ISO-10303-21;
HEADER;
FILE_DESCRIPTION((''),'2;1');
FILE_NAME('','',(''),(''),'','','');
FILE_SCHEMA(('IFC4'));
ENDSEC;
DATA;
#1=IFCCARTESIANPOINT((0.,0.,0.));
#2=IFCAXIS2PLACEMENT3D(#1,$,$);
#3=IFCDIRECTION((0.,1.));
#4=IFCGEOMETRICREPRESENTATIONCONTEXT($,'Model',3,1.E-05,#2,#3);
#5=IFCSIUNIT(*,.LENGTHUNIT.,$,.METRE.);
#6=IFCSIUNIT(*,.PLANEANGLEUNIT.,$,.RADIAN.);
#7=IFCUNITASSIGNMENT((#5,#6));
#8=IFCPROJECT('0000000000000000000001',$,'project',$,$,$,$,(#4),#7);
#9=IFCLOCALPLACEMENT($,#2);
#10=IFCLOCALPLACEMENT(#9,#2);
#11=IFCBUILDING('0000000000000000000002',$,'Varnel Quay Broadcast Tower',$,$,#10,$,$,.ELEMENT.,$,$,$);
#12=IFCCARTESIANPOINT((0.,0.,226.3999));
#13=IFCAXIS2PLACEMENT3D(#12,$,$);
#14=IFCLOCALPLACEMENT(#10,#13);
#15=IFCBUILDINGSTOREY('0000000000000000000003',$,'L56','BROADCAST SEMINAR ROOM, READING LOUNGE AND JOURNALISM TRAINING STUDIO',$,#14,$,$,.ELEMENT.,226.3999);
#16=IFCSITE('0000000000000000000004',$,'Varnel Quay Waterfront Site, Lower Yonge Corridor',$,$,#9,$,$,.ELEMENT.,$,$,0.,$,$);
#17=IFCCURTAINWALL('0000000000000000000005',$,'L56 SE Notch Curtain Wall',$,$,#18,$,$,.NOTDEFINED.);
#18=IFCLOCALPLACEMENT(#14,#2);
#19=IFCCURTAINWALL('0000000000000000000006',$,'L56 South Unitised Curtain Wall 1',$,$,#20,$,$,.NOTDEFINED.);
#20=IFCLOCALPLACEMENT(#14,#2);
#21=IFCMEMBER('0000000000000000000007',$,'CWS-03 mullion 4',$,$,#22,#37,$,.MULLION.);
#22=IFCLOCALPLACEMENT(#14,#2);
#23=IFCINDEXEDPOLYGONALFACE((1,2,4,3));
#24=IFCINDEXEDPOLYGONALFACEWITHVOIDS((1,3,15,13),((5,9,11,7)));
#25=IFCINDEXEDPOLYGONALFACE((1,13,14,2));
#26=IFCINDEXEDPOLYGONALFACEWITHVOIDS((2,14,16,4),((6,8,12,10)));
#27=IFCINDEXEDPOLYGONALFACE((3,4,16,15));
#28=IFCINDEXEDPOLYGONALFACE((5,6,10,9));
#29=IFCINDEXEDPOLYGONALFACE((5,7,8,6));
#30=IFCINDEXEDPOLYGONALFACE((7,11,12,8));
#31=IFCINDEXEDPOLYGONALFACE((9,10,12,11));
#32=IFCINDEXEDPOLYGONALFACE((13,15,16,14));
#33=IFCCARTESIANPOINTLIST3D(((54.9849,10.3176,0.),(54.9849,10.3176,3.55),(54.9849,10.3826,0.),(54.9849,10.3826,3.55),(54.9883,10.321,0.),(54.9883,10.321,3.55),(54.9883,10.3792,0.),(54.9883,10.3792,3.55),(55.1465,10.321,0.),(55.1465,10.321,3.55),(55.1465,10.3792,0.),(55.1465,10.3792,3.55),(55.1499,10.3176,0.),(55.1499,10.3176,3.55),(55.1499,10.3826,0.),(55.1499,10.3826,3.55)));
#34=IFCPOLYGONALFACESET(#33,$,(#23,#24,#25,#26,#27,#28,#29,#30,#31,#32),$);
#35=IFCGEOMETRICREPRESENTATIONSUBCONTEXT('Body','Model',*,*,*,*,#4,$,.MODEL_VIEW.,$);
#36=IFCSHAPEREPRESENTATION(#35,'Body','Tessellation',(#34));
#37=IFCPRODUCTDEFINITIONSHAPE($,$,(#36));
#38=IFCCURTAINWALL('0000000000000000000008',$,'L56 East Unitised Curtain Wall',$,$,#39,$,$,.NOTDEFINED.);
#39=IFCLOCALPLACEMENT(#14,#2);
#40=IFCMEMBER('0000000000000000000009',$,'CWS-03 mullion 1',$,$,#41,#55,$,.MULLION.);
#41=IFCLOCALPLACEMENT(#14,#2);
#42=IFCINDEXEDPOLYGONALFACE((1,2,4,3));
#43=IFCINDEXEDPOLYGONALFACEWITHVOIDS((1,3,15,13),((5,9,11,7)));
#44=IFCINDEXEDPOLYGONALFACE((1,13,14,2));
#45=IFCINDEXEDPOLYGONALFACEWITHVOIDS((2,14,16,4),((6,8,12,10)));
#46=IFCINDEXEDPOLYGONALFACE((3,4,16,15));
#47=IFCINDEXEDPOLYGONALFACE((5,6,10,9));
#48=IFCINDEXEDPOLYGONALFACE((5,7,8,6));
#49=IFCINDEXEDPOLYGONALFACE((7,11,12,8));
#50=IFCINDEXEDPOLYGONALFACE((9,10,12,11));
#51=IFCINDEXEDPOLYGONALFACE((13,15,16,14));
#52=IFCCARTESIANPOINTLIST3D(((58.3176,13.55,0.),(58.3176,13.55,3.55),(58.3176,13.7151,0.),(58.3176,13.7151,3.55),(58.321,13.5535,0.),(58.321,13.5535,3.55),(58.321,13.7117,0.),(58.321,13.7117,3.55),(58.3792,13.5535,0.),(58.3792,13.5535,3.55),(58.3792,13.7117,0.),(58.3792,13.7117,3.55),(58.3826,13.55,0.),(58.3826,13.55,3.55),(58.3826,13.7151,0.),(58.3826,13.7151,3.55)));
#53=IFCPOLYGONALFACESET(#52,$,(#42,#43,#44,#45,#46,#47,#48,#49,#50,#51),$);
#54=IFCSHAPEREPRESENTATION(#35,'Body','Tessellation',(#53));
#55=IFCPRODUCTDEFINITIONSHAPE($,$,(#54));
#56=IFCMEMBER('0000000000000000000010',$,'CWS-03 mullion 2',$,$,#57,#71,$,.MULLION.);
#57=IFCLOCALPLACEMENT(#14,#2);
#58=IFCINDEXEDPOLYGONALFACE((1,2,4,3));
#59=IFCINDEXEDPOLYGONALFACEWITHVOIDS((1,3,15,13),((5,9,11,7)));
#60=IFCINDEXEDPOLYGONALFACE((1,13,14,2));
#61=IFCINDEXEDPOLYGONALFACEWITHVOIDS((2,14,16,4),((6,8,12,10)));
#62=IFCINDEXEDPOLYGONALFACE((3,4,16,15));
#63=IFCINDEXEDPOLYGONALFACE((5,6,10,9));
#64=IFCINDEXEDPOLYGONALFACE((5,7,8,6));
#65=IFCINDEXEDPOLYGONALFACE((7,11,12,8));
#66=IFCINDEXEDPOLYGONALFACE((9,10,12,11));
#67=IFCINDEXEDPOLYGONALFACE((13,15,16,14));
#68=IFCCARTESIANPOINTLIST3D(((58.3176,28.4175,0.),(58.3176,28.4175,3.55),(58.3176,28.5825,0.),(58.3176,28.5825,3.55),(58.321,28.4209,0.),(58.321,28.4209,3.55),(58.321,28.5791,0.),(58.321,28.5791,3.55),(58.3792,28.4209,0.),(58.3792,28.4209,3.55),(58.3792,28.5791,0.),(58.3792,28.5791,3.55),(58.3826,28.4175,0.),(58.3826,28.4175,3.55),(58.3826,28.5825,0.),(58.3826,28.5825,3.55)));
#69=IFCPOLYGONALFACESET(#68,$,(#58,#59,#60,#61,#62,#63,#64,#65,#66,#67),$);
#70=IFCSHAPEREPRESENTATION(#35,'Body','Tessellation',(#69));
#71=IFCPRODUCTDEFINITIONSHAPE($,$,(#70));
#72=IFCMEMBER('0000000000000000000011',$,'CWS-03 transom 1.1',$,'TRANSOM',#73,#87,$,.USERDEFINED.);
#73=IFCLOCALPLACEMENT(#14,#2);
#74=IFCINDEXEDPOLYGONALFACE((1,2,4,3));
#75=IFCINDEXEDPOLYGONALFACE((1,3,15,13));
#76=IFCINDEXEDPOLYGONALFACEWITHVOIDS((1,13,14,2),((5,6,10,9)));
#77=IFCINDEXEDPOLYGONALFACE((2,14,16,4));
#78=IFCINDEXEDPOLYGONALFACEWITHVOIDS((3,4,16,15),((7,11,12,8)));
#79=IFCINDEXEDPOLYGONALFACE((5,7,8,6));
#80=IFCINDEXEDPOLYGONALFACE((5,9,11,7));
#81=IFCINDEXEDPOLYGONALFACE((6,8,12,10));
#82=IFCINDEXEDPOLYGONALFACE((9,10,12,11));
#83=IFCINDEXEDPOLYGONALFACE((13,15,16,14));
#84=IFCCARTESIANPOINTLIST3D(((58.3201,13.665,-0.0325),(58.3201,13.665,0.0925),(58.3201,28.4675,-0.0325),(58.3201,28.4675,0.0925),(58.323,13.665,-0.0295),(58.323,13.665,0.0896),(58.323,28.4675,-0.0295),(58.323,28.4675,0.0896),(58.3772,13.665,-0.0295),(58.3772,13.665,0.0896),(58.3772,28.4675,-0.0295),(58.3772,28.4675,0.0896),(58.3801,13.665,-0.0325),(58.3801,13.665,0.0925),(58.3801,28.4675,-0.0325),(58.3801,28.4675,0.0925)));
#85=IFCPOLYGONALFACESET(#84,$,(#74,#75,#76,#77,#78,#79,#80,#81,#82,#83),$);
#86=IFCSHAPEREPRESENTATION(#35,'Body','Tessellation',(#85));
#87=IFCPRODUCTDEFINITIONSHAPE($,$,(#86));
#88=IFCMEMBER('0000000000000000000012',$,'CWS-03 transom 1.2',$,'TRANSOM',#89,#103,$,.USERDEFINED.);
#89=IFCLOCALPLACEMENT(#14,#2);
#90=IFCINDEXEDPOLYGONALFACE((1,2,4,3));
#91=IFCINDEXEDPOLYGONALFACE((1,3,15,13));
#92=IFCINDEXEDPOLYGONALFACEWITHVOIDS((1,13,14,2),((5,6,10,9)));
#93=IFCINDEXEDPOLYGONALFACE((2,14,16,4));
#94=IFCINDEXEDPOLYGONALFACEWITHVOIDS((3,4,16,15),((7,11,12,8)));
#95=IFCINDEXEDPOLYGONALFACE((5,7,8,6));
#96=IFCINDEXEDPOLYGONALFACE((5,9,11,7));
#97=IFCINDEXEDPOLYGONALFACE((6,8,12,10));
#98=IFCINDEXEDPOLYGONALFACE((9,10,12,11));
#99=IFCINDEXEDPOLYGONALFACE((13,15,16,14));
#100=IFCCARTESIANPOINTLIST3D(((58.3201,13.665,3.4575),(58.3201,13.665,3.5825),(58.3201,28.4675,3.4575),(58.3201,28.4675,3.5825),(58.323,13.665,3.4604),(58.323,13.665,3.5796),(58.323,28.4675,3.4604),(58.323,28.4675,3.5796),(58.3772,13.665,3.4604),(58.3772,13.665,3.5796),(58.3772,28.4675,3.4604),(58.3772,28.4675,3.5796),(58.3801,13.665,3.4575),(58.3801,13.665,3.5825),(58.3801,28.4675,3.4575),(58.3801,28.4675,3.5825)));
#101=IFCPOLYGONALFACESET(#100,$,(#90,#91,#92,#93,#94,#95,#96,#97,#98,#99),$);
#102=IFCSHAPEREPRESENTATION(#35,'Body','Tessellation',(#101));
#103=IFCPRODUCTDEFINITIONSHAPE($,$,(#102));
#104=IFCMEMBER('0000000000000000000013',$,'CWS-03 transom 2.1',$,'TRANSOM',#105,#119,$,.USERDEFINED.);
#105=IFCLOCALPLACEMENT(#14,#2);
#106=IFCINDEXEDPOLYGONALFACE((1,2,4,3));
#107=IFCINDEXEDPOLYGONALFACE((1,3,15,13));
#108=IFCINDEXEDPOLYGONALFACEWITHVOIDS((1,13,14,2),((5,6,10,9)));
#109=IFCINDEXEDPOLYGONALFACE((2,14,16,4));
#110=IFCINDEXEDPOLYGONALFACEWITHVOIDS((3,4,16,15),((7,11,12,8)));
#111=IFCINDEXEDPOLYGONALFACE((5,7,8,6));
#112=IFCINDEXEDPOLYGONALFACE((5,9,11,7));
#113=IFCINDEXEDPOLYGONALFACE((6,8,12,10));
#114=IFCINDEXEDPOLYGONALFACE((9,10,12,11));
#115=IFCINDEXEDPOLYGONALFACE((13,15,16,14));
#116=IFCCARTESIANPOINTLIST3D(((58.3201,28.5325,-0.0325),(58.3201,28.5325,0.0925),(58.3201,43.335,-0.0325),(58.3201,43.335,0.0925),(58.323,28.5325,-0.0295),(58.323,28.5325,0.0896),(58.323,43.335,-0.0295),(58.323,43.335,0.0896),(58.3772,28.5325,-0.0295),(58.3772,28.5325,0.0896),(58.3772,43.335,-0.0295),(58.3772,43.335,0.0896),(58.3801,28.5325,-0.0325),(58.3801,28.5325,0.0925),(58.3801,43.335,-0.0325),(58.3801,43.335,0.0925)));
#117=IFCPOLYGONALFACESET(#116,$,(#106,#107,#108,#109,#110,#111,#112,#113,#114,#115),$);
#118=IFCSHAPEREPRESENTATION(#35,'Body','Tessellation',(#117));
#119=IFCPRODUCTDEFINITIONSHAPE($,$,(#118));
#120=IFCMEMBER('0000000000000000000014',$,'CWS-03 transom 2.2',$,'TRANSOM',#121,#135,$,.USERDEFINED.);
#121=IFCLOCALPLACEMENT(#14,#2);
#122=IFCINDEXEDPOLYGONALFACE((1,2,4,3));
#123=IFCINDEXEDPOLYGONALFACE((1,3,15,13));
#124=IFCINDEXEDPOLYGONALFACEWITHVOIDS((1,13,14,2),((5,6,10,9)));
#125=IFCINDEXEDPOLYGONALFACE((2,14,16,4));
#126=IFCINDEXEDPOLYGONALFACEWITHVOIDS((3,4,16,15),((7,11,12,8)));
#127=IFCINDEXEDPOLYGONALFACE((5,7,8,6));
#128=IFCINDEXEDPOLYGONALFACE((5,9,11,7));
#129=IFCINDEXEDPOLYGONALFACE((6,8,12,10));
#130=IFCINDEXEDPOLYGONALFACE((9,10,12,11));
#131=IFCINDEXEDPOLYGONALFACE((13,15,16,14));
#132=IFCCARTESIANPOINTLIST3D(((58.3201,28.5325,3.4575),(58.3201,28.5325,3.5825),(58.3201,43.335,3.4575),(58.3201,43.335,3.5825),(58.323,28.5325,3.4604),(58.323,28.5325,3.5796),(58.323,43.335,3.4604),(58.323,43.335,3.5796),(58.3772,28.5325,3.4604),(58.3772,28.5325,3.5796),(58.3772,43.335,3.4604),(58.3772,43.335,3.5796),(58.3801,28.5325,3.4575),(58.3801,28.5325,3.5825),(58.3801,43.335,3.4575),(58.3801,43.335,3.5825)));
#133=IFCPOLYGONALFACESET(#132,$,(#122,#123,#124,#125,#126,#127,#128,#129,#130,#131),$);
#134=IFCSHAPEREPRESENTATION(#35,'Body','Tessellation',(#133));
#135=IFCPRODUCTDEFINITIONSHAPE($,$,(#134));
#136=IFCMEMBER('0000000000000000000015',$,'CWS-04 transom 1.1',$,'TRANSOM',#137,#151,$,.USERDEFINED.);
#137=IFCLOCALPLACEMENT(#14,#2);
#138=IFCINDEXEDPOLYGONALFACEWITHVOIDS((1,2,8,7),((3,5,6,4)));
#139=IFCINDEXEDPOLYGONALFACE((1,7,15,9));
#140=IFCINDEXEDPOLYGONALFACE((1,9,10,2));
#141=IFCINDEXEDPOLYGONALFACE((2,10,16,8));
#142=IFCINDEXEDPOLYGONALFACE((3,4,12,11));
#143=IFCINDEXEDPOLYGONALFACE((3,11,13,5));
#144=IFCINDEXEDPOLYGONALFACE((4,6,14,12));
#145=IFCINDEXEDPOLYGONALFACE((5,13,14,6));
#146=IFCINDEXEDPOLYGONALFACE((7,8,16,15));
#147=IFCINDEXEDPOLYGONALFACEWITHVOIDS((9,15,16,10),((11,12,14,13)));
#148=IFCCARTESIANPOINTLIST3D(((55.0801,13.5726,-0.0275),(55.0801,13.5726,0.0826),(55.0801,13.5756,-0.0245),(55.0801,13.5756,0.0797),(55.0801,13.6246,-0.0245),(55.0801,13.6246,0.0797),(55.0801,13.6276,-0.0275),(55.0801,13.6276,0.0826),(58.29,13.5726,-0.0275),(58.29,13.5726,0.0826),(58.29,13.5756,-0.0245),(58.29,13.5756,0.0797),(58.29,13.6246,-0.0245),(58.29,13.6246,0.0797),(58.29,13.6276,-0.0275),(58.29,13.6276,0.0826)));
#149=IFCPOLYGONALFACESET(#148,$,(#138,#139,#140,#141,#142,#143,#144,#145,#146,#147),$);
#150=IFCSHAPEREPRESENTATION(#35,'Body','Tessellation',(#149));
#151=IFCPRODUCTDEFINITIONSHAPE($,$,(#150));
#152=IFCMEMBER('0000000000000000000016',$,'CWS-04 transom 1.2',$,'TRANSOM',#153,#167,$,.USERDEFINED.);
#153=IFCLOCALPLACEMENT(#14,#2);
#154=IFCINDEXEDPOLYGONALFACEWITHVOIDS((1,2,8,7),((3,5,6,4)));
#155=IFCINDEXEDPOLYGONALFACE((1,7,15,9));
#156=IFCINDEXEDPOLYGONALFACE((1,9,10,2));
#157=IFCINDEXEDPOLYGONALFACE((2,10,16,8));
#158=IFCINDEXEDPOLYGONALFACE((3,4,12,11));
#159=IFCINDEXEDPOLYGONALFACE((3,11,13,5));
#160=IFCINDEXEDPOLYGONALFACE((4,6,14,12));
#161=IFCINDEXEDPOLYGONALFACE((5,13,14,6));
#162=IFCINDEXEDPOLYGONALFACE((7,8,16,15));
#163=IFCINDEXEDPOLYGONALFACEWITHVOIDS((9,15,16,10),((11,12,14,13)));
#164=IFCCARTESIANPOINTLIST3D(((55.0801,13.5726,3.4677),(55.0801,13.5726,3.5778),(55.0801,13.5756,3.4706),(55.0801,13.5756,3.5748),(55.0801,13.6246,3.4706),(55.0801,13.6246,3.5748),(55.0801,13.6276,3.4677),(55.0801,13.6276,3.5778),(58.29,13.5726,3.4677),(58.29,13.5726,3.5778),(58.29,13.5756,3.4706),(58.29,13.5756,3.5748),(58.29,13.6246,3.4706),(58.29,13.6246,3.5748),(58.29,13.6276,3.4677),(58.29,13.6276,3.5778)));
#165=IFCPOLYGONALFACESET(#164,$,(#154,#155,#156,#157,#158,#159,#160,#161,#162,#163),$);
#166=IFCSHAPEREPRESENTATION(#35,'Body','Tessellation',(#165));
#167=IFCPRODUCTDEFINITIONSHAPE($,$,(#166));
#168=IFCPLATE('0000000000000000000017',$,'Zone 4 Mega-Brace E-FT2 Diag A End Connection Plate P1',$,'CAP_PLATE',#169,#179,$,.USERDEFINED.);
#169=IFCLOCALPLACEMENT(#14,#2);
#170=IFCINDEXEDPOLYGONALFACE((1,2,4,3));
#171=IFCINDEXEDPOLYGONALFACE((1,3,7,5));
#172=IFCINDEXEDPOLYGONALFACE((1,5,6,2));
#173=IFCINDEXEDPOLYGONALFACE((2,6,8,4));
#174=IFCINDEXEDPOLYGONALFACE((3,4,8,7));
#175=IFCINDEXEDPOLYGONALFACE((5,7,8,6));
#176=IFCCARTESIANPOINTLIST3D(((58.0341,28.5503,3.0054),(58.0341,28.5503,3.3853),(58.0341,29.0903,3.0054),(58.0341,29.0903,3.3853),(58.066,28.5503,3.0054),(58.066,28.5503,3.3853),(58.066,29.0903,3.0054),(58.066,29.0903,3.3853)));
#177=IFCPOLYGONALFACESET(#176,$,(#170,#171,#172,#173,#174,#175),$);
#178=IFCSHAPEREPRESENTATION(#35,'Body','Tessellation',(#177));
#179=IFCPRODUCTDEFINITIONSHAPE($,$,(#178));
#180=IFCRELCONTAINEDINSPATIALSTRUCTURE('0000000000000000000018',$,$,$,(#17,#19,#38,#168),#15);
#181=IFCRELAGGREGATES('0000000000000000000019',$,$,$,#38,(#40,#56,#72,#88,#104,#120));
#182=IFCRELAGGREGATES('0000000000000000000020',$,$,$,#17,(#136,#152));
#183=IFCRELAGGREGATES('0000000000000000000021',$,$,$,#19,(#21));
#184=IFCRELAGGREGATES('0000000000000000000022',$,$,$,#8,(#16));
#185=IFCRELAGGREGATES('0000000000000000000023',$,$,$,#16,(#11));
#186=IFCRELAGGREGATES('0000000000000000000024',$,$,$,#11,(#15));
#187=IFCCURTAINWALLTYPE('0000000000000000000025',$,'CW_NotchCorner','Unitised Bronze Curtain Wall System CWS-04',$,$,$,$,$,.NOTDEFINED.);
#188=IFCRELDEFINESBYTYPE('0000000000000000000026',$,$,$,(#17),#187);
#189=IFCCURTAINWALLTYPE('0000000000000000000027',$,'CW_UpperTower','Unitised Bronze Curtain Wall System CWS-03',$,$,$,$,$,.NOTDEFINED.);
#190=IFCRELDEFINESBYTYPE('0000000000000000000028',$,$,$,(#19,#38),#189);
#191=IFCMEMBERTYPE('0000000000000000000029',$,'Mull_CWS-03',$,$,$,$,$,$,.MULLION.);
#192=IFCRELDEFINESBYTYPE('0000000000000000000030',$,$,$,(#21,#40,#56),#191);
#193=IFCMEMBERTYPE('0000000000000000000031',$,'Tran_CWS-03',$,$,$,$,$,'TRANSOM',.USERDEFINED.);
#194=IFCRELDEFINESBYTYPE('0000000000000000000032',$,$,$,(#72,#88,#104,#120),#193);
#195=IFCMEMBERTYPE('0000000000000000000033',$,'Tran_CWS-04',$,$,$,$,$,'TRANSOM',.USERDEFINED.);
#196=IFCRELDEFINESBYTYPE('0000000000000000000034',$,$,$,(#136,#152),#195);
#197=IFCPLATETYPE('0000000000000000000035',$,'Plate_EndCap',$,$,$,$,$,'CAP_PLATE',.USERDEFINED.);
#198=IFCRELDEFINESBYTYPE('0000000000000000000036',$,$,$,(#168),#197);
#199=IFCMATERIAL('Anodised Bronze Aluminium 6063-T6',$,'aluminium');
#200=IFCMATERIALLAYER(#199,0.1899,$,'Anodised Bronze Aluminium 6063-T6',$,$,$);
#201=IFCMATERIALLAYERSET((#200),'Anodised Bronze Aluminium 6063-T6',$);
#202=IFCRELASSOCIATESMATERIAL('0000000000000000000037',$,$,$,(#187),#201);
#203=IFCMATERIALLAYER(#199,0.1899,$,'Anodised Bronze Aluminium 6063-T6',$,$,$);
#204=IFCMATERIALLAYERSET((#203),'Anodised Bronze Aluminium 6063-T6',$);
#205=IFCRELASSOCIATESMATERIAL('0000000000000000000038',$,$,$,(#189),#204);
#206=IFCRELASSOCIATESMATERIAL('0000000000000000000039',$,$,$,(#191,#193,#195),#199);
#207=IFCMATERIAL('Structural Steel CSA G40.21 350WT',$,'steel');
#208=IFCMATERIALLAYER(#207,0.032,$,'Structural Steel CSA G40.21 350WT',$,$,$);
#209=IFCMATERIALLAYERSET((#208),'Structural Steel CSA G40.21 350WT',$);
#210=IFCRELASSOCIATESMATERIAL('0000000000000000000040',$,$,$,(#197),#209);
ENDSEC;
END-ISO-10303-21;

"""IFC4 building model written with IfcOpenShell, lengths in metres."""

from ifc_helpers import new_model, si_unit, direction, frame, origin, origin_2d, place, context, subcontext, project, spatial, rectangle, hollow_rectangle, extrude, source, transform, mapped, material, layer, layer_set, material_profile, profile_set, type_object, type_shapes, element, aggregate, save


model = new_model("IFC4")

# Units and contexts
model_context = context("Model", 3, precision=1e-05, world=origin(), true_north=direction((0.0, 1.0)))
body_context = subcontext(model_context, "Body", "Model", "MODEL_VIEW")
ifc_project = project(units=[si_unit("LENGTHUNIT", "METRE"), si_unit("PLANEANGLEUNIT", "RADIAN")], contexts=[model_context])

# Site, building, storey
site_placement = place(None, origin())
site = spatial("IfcSite", under=ifc_project, at=site_placement, Name="Varnel Quay Waterfront Site, Lower Yonge Corridor", CompositionType="ELEMENT", RefElevation=0.0)
building_placement = place(site_placement, origin())
building = spatial("IfcBuilding", under=site, at=building_placement, Name="Varnel Quay Broadcast Tower", CompositionType="ELEMENT")
storey_placement = place(building_placement, frame((0.0, 0.0, 226.3999)))
storey = spatial("IfcBuildingStorey", under=building, at=storey_placement, Name="L56", Description="BROADCAST SEMINAR ROOM, READING LOUNGE AND JOURNALISM TRAINING STUDIO", CompositionType="ELEMENT", Elevation=226.3999)

# Shared definitions
ifc_material_1 = material(Name="Structural Steel CSA G40.21 350WT", Category="steel")

# Curtain wall
ifc_material_2 = material(Name="Anodised Bronze Aluminium 6063-T6", Category="aluminium")
ifc_layer_1 = layer(ifc_material_2, 0.1899, Name="Anodised Bronze Aluminium 6063-T6")
ifc_layer_set_1 = layer_set([ifc_layer_1], Name="Anodised Bronze Aluminium 6063-T6")
curtain_wall_type_1 = type_object("IfcCurtainWallType", Name="CW_NotchCorner", Description="Unitised Bronze Curtain Wall System CWS-04", PredefinedType="NOTDEFINED", material=ifc_layer_set_1)
curtain_wall_1_placement = place(storey_placement, origin())
curtain_wall_1 = element("IfcCurtainWall", 1, at=curtain_wall_1_placement, inside=storey, type_object=curtain_wall_type_1, Name="L56 SE Notch Curtain Wall", PredefinedType="NOTDEFINED")

# Curtain wall, member
ifc_layer_2 = layer(ifc_material_2, 0.1899, Name="Anodised Bronze Aluminium 6063-T6")
ifc_layer_set_2 = layer_set([ifc_layer_2], Name="Anodised Bronze Aluminium 6063-T6")
curtain_wall_type_2 = type_object("IfcCurtainWallType", Name="CW_UpperTower", Description="Unitised Bronze Curtain Wall System CWS-03", PredefinedType="NOTDEFINED", material=ifc_layer_set_2)
curtain_wall_2_placement = place(storey_placement, origin())
curtain_wall_2 = element("IfcCurtainWall", 2, at=curtain_wall_2_placement, inside=storey, type_object=curtain_wall_type_2, Name="L56 South Unitised Curtain Wall 1", PredefinedType="NOTDEFINED")
ifc_material_profile_1 = material_profile(ifc_material_2, hollow_rectangle(XDim=0.0649, YDim=0.165, WallThickness=0.0034, at=origin_2d()), Name="ALU65X165X3.5")
ifc_profile_set_1 = profile_set([ifc_material_profile_1], Name="Anodised Bronze Aluminium 6063-T6")
member_type_1 = type_object("IfcMemberType", Name="Mull_CWS-03", PredefinedType="MULLION", material=ifc_profile_set_1)
shared_shape_1 = source(origin(), body_context, "Body", "SweptSolid", [
    extrude(hollow_rectangle(XDim=0.0649, YDim=0.165, WallThickness=0.0034, at=origin_2d()), origin(), (0.0, 0.0, 1.0), 3.55),
])
type_shapes(member_type_1, [shared_shape_1])
member_1_placement = place(storey_placement, frame((55.0674, 10.3501, 0.0), z_axis=(0.0, 0.0, 1.0), x_axis=(0.0, 1.0, 0.0)))
member_1 = element("IfcMember", 3, at=member_1_placement, type_object=member_type_1, Name="CWS-03 mullion 4", PredefinedType="MULLION", context=body_context, shape_type="MappedRepresentation", body=[
    mapped(shared_shape_1, transform((0.0, 0.0, 0.0), x_axis=(1.0, 0.0, 0.0), y_axis=(0.0, 1.0, 0.0), z_axis=(0.0, 0.0, 1.0), scale=1.0)),
])

# Curtain wall, members
curtain_wall_3_placement = place(storey_placement, origin())
curtain_wall_3 = element("IfcCurtainWall", 4, at=curtain_wall_3_placement, inside=storey, type_object=curtain_wall_type_2, Name="L56 East Unitised Curtain Wall", PredefinedType="NOTDEFINED")
member_2_placement = place(storey_placement, frame((58.3501, 13.6326, 0.0), z_axis=(0.0, 0.0, 1.0), x_axis=(-1.0, 0.0, 0.0)))
member_2 = element("IfcMember", 5, at=member_2_placement, type_object=member_type_1, Name="CWS-03 mullion 1", PredefinedType="MULLION", context=body_context, shape_type="MappedRepresentation", body=[
    mapped(shared_shape_1, transform((0.0, 0.0, 0.0), x_axis=(1.0, 0.0, 0.0), y_axis=(0.0, 1.0, 0.0), z_axis=(0.0, 0.0, 1.0), scale=1.0)),
])
member_3_placement = place(storey_placement, frame((58.3501, 28.5, 0.0), z_axis=(0.0, 0.0, 1.0), x_axis=(-1.0, 0.0, 0.0)))
member_3 = element("IfcMember", 6, at=member_3_placement, type_object=member_type_1, Name="CWS-03 mullion 2", PredefinedType="MULLION", context=body_context, shape_type="MappedRepresentation", body=[
    mapped(shared_shape_1, transform((0.0, 0.0, 0.0), x_axis=(1.0, 0.0, 0.0), y_axis=(0.0, 1.0, 0.0), z_axis=(0.0, 0.0, 1.0), scale=1.0)),
])
ifc_material_profile_2 = material_profile(ifc_material_2, hollow_rectangle(XDim=0.0601, YDim=0.125, WallThickness=0.0029, at=origin_2d()), Name="ALU60X125X3")
ifc_profile_set_2 = profile_set([ifc_material_profile_2], Name="Anodised Bronze Aluminium 6063-T6")
member_type_2 = type_object("IfcMemberType", Name="Tran_CWS-03", ElementType="TRANSOM", PredefinedType="USERDEFINED", material=ifc_profile_set_2)
shared_shape_2 = source(origin(), body_context, "Body", "SweptSolid", [
    extrude(hollow_rectangle(XDim=0.0601, YDim=0.125, WallThickness=0.0029, at=origin_2d()), origin(), (0.0, 0.0, 1.0), 14.8025),
])
type_shapes(member_type_2, [shared_shape_2])
member_4_placement = place(storey_placement, frame((58.3501, 13.665, 0.03), z_axis=(0.0, 1.0, 0.0), x_axis=(-1.0, 0.0, 0.0)))
member_4 = element("IfcMember", 7, at=member_4_placement, type_object=member_type_2, Name="CWS-03 transom 1.1", ObjectType="TRANSOM", PredefinedType="USERDEFINED", context=body_context, shape_type="MappedRepresentation", body=[
    mapped(shared_shape_2, transform((0.0, 0.0, 0.0), x_axis=(1.0, 0.0, 0.0), y_axis=(0.0, 1.0, 0.0), z_axis=(0.0, 0.0, 1.0), scale=1.0)),
])
member_5_placement = place(storey_placement, frame((58.3501, 13.665, 3.52), z_axis=(0.0, 1.0, 0.0), x_axis=(-1.0, 0.0, 0.0)))
member_5 = element("IfcMember", 8, at=member_5_placement, type_object=member_type_2, Name="CWS-03 transom 1.2", ObjectType="TRANSOM", PredefinedType="USERDEFINED", context=body_context, shape_type="MappedRepresentation", body=[
    mapped(shared_shape_2, transform((0.0, 0.0, 0.0), x_axis=(1.0, 0.0, 0.0), y_axis=(0.0, 1.0, 0.0), z_axis=(0.0, 0.0, 1.0), scale=1.0)),
])
member_6_placement = place(storey_placement, frame((58.3501, 28.5325, 0.03), z_axis=(0.0, 1.0, 0.0), x_axis=(-1.0, 0.0, 0.0)))
member_6 = element("IfcMember", 9, at=member_6_placement, type_object=member_type_2, Name="CWS-03 transom 2.1", ObjectType="TRANSOM", PredefinedType="USERDEFINED", context=body_context, shape_type="MappedRepresentation", body=[
    mapped(shared_shape_2, transform((0.0, 0.0, 0.0), x_axis=(1.0, 0.0, 0.0), y_axis=(0.0, 1.0, 0.0), z_axis=(0.0, 0.0, 1.0), scale=1.0)),
])
member_7_placement = place(storey_placement, frame((58.3501, 28.5325, 3.52), z_axis=(0.0, 1.0, 0.0), x_axis=(-1.0, 0.0, 0.0)))
member_7 = element("IfcMember", 10, at=member_7_placement, type_object=member_type_2, Name="CWS-03 transom 2.2", ObjectType="TRANSOM", PredefinedType="USERDEFINED", context=body_context, shape_type="MappedRepresentation", body=[
    mapped(shared_shape_2, transform((0.0, 0.0, 0.0), x_axis=(1.0, 0.0, 0.0), y_axis=(0.0, 1.0, 0.0), z_axis=(0.0, 0.0, 1.0), scale=1.0)),
])

# Members
ifc_material_profile_3 = material_profile(ifc_material_2, hollow_rectangle(XDim=0.0549, YDim=0.1101, WallThickness=0.0029, at=origin_2d()), Name="ALU55X110X3")
ifc_profile_set_3 = profile_set([ifc_material_profile_3], Name="Anodised Bronze Aluminium 6063-T6")
member_type_3 = type_object("IfcMemberType", Name="Tran_CWS-04", ElementType="TRANSOM", PredefinedType="USERDEFINED", material=ifc_profile_set_3)
shared_shape_3 = source(origin(), body_context, "Body", "SweptSolid", [
    extrude(hollow_rectangle(XDim=0.0549, YDim=0.1101, WallThickness=0.0029, at=origin_2d()), origin(), (0.0, 0.0, 1.0), 3.21),
])
type_shapes(member_type_3, [shared_shape_3])
member_8_placement = place(storey_placement, frame((55.0801, 13.6001, 0.0276), z_axis=(1.0, 0.0, 0.0), x_axis=(0.0, 1.0, 0.0)))
member_8 = element("IfcMember", 11, at=member_8_placement, type_object=member_type_3, Name="CWS-04 transom 1.1", ObjectType="TRANSOM", PredefinedType="USERDEFINED", context=body_context, shape_type="MappedRepresentation", body=[
    mapped(shared_shape_3, transform((0.0, 0.0, 0.0), x_axis=(1.0, 0.0, 0.0), y_axis=(0.0, 1.0, 0.0), z_axis=(0.0, 0.0, 1.0), scale=1.0)),
])
member_9_placement = place(storey_placement, frame((55.0801, 13.6001, 3.5227), z_axis=(1.0, 0.0, 0.0), x_axis=(0.0, 1.0, 0.0)))
member_9 = element("IfcMember", 12, at=member_9_placement, type_object=member_type_3, Name="CWS-04 transom 1.2", ObjectType="TRANSOM", PredefinedType="USERDEFINED", context=body_context, shape_type="MappedRepresentation", body=[
    mapped(shared_shape_3, transform((0.0, 0.0, 0.0), x_axis=(1.0, 0.0, 0.0), y_axis=(0.0, 1.0, 0.0), z_axis=(0.0, 0.0, 1.0), scale=1.0)),
])

# Plate
ifc_layer_3 = layer(ifc_material_1, 0.032, Name="Structural Steel CSA G40.21 350WT")
ifc_layer_set_3 = layer_set([ifc_layer_3], Name="Structural Steel CSA G40.21 350WT")
plate_type_1 = type_object("IfcPlateType", Name="Plate_EndCap", ElementType="CAP_PLATE", PredefinedType="USERDEFINED", material=ifc_layer_set_3)
shared_shape_4 = source(origin(), body_context, "Body", "SweptSolid", [
    extrude(rectangle(XDim=0.54, YDim=0.032, at=origin_2d()), origin(), (0.0, 0.0, 1.0), 0.3799),
])
type_shapes(plate_type_1, [shared_shape_4])
for number, where, z_axis, x_axis, name in (
    (13, (58.05, 28.8203, 3.0054), (0.0, 0.0, 1.0), (0.0, 1.0, 0.0), "Zone 4 Mega-Brace E-FT2 Diag A End Connection Plate P1"),
):
    element("IfcPlate", number, at=place(storey_placement, frame(where, z_axis=z_axis, x_axis=x_axis)), inside=storey, type_object=plate_type_1, Name=name, ObjectType="CAP_PLATE", PredefinedType="USERDEFINED", context=body_context, shape_type="MappedRepresentation", body=[
        mapped(shared_shape_4, transform((0.0, 0.0, 0.0), x_axis=(1.0, 0.0, 0.0), y_axis=(0.0, 1.0, 0.0), z_axis=(0.0, 0.0, 1.0), scale=1.0)),
    ])

aggregate(curtain_wall_3, [member_2, member_3, member_4, member_5, member_6, member_7])
aggregate(curtain_wall_1, [member_8, member_9])
aggregate(curtain_wall_2, [member_1])

save(model, "model.ifc")
